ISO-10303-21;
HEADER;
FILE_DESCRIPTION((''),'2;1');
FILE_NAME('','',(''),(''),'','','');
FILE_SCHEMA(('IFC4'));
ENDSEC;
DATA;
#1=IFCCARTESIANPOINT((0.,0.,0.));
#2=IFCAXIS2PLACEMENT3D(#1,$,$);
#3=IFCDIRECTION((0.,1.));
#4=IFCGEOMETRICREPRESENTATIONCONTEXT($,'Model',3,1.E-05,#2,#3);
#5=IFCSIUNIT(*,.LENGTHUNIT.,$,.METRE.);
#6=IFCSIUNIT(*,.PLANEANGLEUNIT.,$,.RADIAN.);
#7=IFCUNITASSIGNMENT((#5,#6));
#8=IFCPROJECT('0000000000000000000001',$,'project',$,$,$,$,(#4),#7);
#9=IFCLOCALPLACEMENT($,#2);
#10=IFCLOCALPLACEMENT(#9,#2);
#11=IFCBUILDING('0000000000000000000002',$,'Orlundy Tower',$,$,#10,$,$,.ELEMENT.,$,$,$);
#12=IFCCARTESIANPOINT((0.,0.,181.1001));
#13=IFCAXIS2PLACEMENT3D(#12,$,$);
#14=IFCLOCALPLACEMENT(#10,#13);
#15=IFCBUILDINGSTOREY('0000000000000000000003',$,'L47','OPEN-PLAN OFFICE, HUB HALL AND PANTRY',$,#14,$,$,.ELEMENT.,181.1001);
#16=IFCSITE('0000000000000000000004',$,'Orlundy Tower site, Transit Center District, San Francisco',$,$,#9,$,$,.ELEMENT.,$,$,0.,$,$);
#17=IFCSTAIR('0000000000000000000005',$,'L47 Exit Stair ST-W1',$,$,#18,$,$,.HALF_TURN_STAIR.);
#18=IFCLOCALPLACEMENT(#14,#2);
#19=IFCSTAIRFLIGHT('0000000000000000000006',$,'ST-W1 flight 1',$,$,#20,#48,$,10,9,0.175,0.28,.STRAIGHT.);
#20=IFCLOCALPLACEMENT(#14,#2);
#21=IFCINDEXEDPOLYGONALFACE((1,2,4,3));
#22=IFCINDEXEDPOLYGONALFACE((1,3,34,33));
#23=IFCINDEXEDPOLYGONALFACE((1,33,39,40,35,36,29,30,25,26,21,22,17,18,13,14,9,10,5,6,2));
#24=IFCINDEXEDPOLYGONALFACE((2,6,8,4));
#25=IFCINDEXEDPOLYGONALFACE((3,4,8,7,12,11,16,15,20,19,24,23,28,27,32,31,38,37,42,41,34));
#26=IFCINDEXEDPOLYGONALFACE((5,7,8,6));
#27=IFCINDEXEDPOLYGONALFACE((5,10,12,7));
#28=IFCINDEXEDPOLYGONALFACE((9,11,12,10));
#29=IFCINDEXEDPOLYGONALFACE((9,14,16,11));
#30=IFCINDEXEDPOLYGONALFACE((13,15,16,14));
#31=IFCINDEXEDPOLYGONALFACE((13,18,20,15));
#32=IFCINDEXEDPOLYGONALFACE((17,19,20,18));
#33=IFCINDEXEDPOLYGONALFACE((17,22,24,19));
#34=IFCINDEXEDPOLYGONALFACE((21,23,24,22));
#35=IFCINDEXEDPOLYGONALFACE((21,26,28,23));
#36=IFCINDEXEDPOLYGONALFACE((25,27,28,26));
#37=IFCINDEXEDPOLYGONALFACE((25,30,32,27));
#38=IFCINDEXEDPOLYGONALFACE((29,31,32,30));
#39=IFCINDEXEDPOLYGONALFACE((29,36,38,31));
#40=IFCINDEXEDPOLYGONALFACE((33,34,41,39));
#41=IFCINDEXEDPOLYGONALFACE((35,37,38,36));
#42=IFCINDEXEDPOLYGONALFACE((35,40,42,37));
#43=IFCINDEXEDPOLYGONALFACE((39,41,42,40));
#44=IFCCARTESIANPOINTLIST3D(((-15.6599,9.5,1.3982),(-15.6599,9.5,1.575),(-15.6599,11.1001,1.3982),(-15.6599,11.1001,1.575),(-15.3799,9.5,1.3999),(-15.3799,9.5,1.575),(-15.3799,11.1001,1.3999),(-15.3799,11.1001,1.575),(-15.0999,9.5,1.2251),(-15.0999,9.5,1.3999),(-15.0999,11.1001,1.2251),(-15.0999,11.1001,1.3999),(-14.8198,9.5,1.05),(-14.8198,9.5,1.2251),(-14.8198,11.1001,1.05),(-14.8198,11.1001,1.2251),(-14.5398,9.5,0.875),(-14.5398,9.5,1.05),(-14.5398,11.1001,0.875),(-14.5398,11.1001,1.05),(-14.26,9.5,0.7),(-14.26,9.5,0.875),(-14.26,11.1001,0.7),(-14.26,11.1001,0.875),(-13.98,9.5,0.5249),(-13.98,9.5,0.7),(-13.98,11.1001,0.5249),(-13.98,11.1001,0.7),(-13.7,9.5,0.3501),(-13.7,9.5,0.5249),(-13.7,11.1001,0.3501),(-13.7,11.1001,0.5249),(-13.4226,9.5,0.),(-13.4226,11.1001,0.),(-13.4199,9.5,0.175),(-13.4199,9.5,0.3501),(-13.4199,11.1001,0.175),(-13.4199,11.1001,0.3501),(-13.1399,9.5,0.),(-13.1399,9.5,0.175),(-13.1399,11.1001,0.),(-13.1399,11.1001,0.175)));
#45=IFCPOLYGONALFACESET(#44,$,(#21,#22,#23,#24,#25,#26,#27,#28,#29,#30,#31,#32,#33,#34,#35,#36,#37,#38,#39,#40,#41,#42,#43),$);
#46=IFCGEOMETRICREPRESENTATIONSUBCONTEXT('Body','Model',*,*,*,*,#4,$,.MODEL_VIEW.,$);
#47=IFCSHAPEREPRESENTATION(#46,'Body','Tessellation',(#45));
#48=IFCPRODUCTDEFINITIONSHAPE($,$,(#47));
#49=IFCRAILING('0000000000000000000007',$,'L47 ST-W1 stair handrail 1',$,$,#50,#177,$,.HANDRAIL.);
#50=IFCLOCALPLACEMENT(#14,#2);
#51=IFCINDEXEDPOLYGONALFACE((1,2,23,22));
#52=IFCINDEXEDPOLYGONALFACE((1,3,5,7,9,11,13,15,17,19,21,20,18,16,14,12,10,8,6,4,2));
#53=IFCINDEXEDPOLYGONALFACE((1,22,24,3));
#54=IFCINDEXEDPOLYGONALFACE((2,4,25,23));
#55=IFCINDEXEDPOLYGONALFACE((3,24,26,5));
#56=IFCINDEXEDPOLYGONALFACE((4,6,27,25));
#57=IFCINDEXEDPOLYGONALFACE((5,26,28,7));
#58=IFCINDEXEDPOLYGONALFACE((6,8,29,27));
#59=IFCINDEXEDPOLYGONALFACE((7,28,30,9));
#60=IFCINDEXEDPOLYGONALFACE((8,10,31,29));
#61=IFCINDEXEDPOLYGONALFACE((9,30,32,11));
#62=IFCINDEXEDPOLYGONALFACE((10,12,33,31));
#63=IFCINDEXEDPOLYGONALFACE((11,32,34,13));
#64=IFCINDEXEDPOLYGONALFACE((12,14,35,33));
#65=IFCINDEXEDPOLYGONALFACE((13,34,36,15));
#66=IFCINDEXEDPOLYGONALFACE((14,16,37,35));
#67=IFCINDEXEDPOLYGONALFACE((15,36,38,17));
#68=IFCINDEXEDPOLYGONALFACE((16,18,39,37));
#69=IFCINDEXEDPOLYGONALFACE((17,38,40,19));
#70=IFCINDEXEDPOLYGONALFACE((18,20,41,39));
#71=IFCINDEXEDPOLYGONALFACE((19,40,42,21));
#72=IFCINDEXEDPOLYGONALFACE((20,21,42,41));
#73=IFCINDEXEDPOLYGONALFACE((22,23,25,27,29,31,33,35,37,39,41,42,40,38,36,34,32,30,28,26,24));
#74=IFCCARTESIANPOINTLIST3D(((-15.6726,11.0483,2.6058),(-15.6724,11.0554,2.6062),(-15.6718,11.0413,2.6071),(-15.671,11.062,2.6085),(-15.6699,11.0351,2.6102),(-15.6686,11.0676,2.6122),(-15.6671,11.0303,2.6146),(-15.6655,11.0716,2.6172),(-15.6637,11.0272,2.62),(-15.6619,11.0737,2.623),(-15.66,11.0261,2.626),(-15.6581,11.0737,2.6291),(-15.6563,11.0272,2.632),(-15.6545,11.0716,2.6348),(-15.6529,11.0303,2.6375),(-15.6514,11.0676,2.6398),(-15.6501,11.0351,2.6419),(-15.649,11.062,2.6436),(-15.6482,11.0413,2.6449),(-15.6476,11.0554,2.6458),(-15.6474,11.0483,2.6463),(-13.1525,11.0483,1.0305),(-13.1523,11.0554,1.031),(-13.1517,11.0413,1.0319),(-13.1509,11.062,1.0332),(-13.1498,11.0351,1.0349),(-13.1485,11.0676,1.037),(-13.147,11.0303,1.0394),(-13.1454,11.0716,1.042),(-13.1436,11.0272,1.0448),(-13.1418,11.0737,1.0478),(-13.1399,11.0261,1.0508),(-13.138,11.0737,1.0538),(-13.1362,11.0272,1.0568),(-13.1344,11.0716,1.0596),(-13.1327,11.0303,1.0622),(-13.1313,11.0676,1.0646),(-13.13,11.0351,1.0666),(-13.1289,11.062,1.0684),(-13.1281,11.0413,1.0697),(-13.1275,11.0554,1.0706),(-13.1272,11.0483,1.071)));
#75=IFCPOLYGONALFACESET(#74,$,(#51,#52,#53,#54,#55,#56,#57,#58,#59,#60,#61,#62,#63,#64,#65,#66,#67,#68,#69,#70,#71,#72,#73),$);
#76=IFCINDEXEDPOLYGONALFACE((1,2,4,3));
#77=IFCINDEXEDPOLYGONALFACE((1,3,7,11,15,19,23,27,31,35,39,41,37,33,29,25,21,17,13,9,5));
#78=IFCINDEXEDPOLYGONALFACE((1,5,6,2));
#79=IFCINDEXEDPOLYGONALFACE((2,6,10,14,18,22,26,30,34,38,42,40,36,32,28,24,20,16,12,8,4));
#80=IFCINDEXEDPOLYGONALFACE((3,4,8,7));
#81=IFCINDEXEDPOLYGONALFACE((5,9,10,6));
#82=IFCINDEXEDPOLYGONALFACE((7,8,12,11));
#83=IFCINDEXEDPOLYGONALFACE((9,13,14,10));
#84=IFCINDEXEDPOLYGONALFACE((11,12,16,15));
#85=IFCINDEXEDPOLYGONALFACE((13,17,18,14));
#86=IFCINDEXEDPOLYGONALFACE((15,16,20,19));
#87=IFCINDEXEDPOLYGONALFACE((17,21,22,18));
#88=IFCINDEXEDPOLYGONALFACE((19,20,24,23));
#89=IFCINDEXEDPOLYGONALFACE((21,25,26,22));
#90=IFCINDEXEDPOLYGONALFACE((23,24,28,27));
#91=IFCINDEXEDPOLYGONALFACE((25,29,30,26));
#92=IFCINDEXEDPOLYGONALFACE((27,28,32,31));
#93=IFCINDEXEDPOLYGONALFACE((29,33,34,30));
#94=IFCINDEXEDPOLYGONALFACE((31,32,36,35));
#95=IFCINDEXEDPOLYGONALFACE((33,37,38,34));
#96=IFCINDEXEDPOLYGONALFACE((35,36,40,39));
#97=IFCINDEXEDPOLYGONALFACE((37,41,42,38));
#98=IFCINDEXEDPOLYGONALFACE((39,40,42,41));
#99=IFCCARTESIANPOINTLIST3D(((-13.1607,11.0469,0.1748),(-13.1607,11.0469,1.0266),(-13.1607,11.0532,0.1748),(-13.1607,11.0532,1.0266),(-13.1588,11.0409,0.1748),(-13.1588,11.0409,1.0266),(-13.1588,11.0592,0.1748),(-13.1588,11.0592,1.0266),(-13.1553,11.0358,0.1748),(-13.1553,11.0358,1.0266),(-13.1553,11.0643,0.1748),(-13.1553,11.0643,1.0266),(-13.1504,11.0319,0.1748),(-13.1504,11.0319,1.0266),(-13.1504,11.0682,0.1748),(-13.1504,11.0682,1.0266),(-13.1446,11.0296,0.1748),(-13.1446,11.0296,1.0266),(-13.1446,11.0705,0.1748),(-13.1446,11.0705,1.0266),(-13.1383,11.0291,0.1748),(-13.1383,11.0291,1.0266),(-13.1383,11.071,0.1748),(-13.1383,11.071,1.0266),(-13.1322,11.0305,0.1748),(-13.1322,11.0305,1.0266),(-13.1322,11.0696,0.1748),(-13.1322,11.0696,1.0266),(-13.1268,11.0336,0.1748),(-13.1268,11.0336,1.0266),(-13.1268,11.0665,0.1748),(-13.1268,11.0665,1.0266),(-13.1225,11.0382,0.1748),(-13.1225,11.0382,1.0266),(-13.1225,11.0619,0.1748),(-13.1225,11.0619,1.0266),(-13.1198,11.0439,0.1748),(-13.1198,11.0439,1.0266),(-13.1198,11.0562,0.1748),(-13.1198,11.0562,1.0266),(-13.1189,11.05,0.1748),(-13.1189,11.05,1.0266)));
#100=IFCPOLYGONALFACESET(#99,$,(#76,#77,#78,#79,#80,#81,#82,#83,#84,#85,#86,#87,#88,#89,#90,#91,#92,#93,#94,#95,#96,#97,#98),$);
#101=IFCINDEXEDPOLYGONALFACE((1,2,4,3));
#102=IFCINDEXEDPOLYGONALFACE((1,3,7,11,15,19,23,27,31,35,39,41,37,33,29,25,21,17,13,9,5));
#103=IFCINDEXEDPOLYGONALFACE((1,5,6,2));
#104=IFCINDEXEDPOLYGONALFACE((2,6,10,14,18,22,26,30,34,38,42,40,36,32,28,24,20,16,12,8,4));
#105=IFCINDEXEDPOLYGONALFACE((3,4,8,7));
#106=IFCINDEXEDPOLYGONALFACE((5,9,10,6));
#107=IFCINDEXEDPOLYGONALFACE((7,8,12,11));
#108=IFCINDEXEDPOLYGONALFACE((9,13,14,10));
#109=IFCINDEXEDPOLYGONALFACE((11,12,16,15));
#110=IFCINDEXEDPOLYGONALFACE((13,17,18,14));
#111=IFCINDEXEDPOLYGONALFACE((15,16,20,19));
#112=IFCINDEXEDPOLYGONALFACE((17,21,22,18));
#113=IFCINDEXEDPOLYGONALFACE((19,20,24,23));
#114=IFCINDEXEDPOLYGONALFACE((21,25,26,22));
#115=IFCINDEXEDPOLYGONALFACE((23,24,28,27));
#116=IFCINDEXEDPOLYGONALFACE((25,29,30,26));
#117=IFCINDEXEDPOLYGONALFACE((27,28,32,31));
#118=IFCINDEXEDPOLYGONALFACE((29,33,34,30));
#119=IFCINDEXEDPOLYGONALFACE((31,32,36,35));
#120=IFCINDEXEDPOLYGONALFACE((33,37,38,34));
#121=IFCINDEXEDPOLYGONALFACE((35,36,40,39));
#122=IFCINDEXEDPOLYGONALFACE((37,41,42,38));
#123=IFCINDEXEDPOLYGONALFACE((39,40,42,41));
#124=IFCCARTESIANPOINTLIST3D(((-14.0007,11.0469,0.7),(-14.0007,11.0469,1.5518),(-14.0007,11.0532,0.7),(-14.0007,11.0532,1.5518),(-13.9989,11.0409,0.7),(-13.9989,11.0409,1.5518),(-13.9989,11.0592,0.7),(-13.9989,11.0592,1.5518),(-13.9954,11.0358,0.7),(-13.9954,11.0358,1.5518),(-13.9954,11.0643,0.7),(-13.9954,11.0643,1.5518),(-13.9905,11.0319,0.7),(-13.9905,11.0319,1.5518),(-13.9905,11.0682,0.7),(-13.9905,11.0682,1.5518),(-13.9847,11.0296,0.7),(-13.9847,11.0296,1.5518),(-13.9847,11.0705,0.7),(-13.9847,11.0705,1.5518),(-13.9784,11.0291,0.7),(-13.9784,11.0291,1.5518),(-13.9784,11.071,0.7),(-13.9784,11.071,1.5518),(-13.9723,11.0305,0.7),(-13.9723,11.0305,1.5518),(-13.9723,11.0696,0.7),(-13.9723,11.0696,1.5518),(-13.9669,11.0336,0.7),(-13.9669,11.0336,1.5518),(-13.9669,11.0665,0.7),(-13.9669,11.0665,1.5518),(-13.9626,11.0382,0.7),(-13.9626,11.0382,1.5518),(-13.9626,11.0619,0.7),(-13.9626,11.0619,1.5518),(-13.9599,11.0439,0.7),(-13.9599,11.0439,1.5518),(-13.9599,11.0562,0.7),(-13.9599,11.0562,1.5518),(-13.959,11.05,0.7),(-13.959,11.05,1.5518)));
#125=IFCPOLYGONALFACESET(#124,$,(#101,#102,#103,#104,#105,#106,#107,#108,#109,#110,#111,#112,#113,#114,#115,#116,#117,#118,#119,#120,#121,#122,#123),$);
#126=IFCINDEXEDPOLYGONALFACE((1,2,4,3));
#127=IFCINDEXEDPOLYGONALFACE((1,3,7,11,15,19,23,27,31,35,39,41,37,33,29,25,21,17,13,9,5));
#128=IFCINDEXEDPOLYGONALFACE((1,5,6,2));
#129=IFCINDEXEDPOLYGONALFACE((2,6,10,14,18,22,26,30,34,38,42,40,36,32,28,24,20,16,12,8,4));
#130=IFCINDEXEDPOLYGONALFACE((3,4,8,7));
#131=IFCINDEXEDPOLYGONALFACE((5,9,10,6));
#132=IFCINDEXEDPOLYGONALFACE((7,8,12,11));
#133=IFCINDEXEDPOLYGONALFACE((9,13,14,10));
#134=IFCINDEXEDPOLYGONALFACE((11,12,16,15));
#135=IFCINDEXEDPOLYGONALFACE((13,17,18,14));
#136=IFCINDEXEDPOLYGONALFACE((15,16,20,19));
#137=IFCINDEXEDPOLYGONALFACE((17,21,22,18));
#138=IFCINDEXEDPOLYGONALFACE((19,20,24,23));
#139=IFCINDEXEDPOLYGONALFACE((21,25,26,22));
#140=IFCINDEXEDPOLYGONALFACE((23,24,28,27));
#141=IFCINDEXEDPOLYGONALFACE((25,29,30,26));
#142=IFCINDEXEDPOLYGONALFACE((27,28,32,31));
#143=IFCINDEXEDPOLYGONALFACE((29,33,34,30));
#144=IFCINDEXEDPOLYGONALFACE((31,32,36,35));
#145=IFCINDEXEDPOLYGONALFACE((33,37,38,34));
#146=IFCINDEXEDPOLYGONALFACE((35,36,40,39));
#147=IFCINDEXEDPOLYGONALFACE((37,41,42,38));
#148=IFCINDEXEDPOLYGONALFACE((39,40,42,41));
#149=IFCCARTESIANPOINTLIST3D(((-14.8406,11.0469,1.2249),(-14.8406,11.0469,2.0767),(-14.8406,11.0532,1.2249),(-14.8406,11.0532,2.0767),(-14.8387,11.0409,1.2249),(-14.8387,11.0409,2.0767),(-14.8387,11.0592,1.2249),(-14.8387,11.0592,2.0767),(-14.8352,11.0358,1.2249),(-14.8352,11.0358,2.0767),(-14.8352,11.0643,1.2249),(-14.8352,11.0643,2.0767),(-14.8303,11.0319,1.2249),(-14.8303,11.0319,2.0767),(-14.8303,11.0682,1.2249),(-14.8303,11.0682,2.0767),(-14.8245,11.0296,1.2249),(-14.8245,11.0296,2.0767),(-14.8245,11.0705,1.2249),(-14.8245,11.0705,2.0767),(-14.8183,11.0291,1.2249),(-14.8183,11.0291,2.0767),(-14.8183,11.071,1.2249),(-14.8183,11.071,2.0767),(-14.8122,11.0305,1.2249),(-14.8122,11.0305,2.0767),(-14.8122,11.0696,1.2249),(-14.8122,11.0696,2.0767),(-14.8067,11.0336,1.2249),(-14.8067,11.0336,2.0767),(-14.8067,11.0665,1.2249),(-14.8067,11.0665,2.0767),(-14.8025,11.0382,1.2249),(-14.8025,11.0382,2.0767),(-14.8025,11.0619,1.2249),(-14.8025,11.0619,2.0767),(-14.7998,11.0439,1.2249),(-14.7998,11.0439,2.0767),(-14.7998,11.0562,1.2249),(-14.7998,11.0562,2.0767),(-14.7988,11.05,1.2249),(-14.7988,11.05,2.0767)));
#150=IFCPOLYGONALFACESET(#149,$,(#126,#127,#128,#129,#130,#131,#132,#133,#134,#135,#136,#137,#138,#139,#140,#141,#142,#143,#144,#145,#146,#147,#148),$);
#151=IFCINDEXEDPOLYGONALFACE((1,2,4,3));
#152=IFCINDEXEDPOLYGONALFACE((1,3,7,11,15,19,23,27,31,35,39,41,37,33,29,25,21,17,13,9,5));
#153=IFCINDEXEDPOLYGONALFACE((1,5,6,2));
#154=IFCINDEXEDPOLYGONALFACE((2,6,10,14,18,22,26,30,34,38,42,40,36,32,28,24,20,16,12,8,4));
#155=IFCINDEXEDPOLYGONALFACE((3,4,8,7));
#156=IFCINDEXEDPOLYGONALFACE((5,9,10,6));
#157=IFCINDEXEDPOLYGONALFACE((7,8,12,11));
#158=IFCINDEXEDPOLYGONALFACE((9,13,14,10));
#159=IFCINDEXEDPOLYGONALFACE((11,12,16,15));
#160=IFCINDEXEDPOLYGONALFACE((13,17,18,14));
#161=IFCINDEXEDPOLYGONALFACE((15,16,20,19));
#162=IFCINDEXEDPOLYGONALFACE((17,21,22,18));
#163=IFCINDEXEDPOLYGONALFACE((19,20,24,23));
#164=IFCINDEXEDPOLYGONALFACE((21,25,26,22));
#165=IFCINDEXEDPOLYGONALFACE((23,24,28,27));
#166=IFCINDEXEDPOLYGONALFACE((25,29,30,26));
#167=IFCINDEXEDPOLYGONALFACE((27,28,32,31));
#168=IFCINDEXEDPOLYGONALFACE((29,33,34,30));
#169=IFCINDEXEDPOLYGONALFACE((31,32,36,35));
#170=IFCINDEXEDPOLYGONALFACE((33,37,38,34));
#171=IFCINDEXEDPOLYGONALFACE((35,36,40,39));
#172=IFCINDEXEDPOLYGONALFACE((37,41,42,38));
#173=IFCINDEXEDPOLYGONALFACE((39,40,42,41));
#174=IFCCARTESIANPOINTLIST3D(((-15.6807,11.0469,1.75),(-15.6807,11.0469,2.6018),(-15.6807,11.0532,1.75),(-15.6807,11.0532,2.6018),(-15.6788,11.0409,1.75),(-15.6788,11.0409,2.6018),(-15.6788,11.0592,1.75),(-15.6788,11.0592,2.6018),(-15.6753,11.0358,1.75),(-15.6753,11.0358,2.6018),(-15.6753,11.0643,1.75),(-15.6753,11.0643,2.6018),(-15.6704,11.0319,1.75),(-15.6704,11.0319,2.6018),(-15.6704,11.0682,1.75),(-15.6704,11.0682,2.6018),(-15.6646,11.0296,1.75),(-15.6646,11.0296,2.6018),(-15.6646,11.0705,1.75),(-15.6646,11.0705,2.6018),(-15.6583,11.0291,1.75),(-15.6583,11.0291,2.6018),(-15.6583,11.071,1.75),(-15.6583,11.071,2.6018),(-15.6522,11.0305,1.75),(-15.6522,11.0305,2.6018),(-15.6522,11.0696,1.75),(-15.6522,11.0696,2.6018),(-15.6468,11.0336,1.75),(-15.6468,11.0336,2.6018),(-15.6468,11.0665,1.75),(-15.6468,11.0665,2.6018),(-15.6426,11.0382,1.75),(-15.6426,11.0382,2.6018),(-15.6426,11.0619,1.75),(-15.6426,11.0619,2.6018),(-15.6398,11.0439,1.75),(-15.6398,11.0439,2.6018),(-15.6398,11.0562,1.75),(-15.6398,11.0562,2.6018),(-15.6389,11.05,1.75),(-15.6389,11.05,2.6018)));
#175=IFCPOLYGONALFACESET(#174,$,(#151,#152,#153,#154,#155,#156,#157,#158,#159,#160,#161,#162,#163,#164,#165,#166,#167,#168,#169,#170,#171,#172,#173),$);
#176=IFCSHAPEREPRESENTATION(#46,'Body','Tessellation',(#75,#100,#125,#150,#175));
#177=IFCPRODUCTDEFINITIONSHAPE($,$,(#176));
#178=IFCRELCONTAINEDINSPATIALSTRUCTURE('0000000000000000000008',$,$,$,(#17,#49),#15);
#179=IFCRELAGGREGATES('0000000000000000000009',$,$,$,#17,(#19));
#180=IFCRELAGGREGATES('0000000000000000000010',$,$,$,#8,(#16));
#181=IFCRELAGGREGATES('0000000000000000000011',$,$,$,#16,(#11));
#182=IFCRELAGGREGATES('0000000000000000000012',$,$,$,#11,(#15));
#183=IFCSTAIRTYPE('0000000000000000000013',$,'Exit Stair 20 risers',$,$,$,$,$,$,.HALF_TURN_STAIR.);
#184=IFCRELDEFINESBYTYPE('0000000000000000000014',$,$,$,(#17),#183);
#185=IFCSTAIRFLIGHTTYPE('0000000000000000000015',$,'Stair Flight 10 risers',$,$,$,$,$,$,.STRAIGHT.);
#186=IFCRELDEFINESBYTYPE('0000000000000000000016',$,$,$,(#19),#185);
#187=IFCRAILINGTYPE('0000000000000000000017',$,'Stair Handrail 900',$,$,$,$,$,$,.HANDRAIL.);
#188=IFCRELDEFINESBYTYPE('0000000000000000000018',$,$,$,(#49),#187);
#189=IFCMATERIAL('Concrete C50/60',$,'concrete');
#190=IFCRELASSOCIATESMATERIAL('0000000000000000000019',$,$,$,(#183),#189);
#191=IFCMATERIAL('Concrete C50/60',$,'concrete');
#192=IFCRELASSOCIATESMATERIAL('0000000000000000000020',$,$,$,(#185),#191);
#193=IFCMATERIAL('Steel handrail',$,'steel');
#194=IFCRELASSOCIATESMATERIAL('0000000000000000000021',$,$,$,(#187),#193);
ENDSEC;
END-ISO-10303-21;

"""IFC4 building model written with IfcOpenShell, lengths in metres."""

from ifc_helpers import new_model, si_unit, direction, frame, origin, origin_2d, place, context, subcontext, project, spatial, polyline, circle, outline, extrude, material, type_object, element, aggregate, save


model = new_model("IFC4")

# Units and contexts
model_context = context("Model", 3, precision=1e-05, world=origin(), true_north=direction((0.0, 1.0)))
body_context = subcontext(model_context, "Body", "Model", "MODEL_VIEW")
ifc_project = project(units=[si_unit("LENGTHUNIT", "METRE"), si_unit("PLANEANGLEUNIT", "RADIAN")], contexts=[model_context])

# Site, building, storey
site_placement = place(None, origin())
site = spatial("IfcSite", under=ifc_project, at=site_placement, Name="Orlundy Tower site, Transit Center District, San Francisco", CompositionType="ELEMENT", RefElevation=0.0)
building_placement = place(site_placement, origin())
building = spatial("IfcBuilding", under=site, at=building_placement, Name="Orlundy Tower", CompositionType="ELEMENT")
storey_placement = place(building_placement, frame((0.0, 0.0, 181.1001)))
storey = spatial("IfcBuildingStorey", under=building, at=storey_placement, Name="L47", Description="OPEN-PLAN OFFICE, HUB HALL AND PANTRY", CompositionType="ELEMENT", Elevation=181.1001)

# Stair, stair flight
ifc_material_1 = material(Name="Concrete C50/60", Category="concrete")
stair_type = type_object("IfcStairType", Name="Exit Stair 20 risers", PredefinedType="HALF_TURN_STAIR", material=ifc_material_1)
stair_placement = place(storey_placement, origin())
stair = element("IfcStair", 1, at=stair_placement, inside=storey, type_object=stair_type, Name="L47 Exit Stair ST-W1", PredefinedType="HALF_TURN_STAIR")
ifc_material_2 = material(Name="Concrete C50/60", Category="concrete")
stair_flight_type = type_object("IfcStairFlightType", Name="Stair Flight 10 risers", PredefinedType="STRAIGHT", material=ifc_material_2)
stair_flight_placement = place(storey_placement, frame((-13.1399, 10.3, 0.0), z_axis=(0.0, 0.0, 1.0), x_axis=(-1.0, 0.0, 0.0)))
stair_flight = element("IfcStairFlight", 2, at=stair_flight_placement, type_object=stair_flight_type, Name="ST-W1 flight 1", NumberOfRisers=10, NumberOfTreads=9, PredefinedType="STRAIGHT", RiserHeight=0.175, TreadLength=0.28, context=body_context, shape_type="SweptSolid", body=[
    extrude(outline(polyline([(0.0, 0.0), (0.0, 0.175), (0.28, 0.175), (0.28, 0.3501), (0.5601, 0.3501), (0.5601, 0.5249), (0.8401, 0.5249), (0.8401, 0.7), (1.1201, 0.7), (1.1201, 0.875), (1.3999, 0.875), (1.3999, 1.05), (1.6799, 1.05), (1.6799, 1.2251), (1.96, 1.2251), (1.96, 1.3999), (2.24, 1.3999), (2.24, 1.575), (2.52, 1.575), (2.52, 1.75), (2.52, 1.3982), (0.2827, 0.0), (0.0, 0.0)])), frame((0.0, 0.8, 0.0), z_axis=(0.0, -1.0, 0.0), x_axis=(1.0, 0.0, 0.0)), (0.0, 0.0, 1.0), 1.6001),
])
aggregate(stair, [stair_flight])

# Railing
ifc_material_3 = material(Name="Steel handrail", Category="steel")
railing_type_1 = type_object("IfcRailingType", Name="Stair Handrail 900", PredefinedType="HANDRAIL", material=ifc_material_3)
railing_1_placement = place(storey_placement, frame((-13.1399, 11.05, 0.1748)))
element("IfcRailing", 3, at=railing_1_placement, inside=storey, type_object=railing_type_1, Name="L47 ST-W1 stair handrail 1", PredefinedType="HANDRAIL", context=body_context, shape_type="SweptSolid", body=[
    extrude(circle(Radius=0.0239, at=origin_2d()), frame((0.0, 0.0, 0.876), z_axis=(-0.847971, 0.0, 0.530043), x_axis=(0.0, -1.0, 0.0)), (0.0, 0.0, 1.0), 2.9719),
    extrude(circle(Radius=0.021, at=origin_2d()), origin(), (0.0, 0.0, 1.0), 0.8518),
    extrude(circle(Radius=0.021, at=origin_2d()), frame((-0.8401, 0.0, 0.5251)), (0.0, 0.0, 1.0), 0.8518),
    extrude(circle(Radius=0.021, at=origin_2d()), frame((-1.6799, 0.0, 1.05)), (0.0, 0.0, 1.0), 0.8518),
    extrude(circle(Radius=0.021, at=origin_2d()), frame((-2.52, 0.0, 1.5752)), (0.0, 0.0, 1.0), 0.8518),
])

save(model, "model.ifc")
